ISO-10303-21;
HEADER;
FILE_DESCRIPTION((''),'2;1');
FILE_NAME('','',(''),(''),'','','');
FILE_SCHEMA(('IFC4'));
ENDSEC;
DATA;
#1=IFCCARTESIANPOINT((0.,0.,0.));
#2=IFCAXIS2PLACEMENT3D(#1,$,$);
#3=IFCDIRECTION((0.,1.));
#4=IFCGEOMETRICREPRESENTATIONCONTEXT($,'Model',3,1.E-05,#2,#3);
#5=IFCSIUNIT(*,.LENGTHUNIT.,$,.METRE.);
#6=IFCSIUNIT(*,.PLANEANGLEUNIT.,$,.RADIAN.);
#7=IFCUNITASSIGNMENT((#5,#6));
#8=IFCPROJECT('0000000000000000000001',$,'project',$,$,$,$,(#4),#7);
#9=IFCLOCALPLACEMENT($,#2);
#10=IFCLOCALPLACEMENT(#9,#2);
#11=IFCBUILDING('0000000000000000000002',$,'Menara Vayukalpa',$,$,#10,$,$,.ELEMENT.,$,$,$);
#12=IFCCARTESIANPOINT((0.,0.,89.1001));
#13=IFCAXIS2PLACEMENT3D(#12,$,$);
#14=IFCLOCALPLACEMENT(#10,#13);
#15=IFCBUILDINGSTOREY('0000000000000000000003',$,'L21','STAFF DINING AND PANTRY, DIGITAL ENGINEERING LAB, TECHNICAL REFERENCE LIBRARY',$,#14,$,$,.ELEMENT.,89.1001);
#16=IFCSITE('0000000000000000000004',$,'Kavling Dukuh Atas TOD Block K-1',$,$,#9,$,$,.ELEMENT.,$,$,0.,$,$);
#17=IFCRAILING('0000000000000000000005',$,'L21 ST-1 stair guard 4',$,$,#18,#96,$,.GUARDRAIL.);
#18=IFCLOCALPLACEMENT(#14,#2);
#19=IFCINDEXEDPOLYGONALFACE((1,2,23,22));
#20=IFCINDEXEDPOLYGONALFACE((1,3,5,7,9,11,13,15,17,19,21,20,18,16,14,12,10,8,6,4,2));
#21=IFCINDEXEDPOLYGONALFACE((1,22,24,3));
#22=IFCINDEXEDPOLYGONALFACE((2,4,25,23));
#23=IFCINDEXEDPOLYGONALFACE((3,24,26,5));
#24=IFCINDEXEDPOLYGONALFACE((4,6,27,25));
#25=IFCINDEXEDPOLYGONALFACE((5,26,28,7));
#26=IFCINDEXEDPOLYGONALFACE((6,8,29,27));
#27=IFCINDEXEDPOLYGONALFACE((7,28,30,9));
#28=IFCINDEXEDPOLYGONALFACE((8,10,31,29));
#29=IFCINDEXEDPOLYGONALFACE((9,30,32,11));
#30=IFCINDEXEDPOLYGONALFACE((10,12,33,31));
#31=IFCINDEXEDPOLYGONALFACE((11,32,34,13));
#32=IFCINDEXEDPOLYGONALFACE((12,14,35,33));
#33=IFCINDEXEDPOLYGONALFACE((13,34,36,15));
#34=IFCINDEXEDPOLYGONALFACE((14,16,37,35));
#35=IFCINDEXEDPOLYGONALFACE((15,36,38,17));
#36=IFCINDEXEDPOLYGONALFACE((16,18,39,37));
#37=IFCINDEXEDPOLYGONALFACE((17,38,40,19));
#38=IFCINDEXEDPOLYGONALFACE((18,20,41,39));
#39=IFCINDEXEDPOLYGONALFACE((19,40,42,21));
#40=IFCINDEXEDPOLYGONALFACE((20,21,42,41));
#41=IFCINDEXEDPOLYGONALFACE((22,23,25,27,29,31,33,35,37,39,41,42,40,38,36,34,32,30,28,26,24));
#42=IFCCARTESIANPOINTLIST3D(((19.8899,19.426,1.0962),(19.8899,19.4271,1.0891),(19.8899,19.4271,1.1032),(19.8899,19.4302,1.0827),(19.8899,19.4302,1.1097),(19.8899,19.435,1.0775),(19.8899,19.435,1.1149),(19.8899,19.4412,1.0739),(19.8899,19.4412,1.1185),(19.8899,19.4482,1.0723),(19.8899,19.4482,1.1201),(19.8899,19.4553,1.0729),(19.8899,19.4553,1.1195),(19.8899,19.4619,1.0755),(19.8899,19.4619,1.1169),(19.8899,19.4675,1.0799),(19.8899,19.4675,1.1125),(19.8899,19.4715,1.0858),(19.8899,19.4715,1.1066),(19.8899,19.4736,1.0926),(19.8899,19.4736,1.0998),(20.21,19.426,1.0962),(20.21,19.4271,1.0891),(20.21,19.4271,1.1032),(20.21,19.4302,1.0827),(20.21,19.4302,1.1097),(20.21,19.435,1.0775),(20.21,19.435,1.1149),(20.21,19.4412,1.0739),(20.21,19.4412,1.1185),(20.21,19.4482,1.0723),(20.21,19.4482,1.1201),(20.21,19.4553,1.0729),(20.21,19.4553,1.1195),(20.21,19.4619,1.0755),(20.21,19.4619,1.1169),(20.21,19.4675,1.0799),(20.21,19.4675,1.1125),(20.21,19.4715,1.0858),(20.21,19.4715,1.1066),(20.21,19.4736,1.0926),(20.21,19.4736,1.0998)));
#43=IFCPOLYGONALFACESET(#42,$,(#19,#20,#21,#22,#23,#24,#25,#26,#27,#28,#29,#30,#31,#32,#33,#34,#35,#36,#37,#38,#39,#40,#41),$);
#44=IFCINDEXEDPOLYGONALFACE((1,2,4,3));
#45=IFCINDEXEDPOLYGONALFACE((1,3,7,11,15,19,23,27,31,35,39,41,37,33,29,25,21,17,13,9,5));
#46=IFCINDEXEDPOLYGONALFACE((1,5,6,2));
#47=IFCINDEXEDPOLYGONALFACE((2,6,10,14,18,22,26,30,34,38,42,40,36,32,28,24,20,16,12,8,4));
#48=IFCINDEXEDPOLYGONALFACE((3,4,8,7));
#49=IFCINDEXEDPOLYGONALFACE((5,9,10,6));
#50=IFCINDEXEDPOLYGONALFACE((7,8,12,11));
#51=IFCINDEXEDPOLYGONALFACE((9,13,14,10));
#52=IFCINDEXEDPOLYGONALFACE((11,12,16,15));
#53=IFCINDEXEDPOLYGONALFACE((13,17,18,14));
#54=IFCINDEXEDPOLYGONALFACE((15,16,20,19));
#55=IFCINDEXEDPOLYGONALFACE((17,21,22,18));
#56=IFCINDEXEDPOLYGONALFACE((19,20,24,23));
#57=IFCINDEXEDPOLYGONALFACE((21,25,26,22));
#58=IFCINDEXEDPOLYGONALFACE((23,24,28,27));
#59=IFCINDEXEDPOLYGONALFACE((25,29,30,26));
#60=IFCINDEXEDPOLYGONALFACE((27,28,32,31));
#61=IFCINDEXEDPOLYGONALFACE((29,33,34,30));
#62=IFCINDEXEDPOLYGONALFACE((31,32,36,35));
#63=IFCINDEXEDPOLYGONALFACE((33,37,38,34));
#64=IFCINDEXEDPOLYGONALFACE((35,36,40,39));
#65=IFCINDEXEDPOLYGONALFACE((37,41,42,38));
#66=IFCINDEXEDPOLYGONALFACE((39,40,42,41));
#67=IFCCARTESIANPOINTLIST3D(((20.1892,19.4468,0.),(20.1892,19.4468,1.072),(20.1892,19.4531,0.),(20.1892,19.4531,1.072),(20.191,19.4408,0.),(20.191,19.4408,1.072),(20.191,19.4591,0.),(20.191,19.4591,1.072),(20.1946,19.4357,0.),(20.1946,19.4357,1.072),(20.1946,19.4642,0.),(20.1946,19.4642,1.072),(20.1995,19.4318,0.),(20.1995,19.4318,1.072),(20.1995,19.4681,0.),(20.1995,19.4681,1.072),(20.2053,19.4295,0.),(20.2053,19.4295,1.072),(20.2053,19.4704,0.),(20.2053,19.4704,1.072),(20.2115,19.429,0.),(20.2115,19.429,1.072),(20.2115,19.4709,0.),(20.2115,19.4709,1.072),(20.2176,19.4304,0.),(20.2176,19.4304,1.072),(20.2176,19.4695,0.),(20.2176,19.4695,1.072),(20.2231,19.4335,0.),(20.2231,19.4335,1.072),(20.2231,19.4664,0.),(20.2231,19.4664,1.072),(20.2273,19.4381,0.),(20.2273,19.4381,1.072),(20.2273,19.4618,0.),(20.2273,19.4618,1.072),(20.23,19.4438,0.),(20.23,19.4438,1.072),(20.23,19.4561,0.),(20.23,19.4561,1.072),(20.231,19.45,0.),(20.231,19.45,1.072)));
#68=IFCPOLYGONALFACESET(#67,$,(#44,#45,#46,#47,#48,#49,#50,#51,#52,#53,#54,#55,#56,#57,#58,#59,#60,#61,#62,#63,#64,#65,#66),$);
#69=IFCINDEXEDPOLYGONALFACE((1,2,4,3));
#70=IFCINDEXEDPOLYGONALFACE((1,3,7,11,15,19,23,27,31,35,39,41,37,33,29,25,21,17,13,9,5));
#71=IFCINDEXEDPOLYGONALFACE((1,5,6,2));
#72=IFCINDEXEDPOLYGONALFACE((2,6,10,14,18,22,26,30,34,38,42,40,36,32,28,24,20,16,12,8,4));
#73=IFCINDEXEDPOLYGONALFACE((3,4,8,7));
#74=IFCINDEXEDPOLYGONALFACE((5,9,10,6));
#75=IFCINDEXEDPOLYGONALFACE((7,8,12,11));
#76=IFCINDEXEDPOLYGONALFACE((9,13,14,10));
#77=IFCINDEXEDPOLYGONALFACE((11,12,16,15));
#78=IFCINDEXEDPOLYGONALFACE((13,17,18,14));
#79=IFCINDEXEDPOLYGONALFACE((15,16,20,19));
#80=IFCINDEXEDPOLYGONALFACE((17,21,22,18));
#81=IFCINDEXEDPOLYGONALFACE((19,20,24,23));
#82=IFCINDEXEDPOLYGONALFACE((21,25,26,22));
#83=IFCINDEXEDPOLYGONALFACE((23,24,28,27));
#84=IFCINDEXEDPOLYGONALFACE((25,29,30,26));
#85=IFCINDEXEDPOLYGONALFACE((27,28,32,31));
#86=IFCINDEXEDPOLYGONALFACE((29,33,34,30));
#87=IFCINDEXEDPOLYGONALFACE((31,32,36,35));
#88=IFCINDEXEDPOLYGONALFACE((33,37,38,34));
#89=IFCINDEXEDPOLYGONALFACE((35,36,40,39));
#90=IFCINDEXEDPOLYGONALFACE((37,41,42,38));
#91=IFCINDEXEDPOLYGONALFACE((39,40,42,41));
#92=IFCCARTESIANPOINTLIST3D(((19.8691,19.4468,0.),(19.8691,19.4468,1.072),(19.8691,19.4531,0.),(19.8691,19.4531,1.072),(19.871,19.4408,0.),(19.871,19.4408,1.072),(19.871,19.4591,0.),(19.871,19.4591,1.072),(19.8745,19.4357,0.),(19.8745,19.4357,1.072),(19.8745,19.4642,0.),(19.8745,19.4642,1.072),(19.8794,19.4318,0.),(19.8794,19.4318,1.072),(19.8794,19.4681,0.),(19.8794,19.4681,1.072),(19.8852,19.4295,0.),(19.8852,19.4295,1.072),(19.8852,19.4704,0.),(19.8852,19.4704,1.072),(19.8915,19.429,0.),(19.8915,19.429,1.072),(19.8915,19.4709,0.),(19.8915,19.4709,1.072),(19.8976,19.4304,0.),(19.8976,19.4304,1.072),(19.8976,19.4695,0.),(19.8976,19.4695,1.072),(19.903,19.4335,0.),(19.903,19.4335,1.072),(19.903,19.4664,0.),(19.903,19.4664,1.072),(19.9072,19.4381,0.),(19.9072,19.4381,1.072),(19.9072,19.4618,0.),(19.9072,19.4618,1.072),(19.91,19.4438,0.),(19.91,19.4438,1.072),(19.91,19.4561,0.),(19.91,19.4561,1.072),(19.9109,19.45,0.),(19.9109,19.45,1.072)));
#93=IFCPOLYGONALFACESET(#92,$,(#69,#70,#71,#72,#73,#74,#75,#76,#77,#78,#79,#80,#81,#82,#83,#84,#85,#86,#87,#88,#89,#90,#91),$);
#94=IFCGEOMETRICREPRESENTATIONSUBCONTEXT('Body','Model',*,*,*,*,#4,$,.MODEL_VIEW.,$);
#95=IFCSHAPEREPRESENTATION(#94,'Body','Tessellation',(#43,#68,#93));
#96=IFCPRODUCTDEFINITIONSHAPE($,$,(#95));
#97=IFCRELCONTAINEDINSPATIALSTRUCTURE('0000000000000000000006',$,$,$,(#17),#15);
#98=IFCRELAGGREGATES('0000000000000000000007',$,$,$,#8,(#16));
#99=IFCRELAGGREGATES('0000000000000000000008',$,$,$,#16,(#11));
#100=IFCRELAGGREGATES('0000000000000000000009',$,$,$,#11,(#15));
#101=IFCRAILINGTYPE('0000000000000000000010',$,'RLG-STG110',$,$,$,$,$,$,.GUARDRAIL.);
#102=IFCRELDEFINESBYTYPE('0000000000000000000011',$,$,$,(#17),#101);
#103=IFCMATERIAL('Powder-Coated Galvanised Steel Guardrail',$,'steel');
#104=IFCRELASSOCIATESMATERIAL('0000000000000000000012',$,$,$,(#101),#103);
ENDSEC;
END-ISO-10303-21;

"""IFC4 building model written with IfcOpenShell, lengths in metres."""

from ifc_helpers import new_model, si_unit, direction, frame, origin, origin_2d, place, context, subcontext, project, spatial, circle, extrude, material, type_object, element, save


model = new_model("IFC4")

# Units and contexts
model_context = context("Model", 3, precision=1e-05, world=origin(), true_north=direction((0.0, 1.0)))
body_context = subcontext(model_context, "Body", "Model", "MODEL_VIEW")
ifc_project = project(units=[si_unit("LENGTHUNIT", "METRE"), si_unit("PLANEANGLEUNIT", "RADIAN")], contexts=[model_context])

# Site, building, storey
site_placement = place(None, origin())
site = spatial("IfcSite", under=ifc_project, at=site_placement, Name="Kavling Dukuh Atas TOD Block K-1", CompositionType="ELEMENT", RefElevation=0.0)
building_placement = place(site_placement, origin())
building = spatial("IfcBuilding", under=site, at=building_placement, Name="Menara Vayukalpa", CompositionType="ELEMENT")
storey_placement = place(building_placement, frame((0.0, 0.0, 89.1001)))
storey = spatial("IfcBuildingStorey", under=building, at=storey_placement, Name="L21", Description="STAFF DINING AND PANTRY, DIGITAL ENGINEERING LAB, TECHNICAL REFERENCE LIBRARY", CompositionType="ELEMENT", Elevation=89.1001)

# Railing
ifc_material_1 = material(Name="Powder-Coated Galvanised Steel Guardrail", Category="steel")
railing_type = type_object("IfcRailingType", Name="RLG-STG110", PredefinedType="GUARDRAIL", material=ifc_material_1)
railing_1_placement = place(storey_placement, frame((20.21, 19.45, 0.0)))
element("IfcRailing", 1, at=railing_1_placement, inside=storey, type_object=railing_type, Name="L21 ST-1 stair guard 4", PredefinedType="GUARDRAIL", context=body_context, shape_type="SweptSolid", body=[
    extrude(circle(Radius=0.0239, at=origin_2d()), frame((0.0, 0.0, 1.0962), z_axis=(-1.0, 0.0, 0.0), x_axis=(0.0, -1.0, 0.0)), (0.0, 0.0, 1.0), 0.3201),
    extrude(circle(Radius=0.021, at=origin_2d()), origin(), (0.0, 0.0, 1.0), 1.072),
    extrude(circle(Radius=0.021, at=origin_2d()), frame((-0.3201, 0.0, 0.0)), (0.0, 0.0, 1.0), 1.072),
])

save(model, "model.ifc")
